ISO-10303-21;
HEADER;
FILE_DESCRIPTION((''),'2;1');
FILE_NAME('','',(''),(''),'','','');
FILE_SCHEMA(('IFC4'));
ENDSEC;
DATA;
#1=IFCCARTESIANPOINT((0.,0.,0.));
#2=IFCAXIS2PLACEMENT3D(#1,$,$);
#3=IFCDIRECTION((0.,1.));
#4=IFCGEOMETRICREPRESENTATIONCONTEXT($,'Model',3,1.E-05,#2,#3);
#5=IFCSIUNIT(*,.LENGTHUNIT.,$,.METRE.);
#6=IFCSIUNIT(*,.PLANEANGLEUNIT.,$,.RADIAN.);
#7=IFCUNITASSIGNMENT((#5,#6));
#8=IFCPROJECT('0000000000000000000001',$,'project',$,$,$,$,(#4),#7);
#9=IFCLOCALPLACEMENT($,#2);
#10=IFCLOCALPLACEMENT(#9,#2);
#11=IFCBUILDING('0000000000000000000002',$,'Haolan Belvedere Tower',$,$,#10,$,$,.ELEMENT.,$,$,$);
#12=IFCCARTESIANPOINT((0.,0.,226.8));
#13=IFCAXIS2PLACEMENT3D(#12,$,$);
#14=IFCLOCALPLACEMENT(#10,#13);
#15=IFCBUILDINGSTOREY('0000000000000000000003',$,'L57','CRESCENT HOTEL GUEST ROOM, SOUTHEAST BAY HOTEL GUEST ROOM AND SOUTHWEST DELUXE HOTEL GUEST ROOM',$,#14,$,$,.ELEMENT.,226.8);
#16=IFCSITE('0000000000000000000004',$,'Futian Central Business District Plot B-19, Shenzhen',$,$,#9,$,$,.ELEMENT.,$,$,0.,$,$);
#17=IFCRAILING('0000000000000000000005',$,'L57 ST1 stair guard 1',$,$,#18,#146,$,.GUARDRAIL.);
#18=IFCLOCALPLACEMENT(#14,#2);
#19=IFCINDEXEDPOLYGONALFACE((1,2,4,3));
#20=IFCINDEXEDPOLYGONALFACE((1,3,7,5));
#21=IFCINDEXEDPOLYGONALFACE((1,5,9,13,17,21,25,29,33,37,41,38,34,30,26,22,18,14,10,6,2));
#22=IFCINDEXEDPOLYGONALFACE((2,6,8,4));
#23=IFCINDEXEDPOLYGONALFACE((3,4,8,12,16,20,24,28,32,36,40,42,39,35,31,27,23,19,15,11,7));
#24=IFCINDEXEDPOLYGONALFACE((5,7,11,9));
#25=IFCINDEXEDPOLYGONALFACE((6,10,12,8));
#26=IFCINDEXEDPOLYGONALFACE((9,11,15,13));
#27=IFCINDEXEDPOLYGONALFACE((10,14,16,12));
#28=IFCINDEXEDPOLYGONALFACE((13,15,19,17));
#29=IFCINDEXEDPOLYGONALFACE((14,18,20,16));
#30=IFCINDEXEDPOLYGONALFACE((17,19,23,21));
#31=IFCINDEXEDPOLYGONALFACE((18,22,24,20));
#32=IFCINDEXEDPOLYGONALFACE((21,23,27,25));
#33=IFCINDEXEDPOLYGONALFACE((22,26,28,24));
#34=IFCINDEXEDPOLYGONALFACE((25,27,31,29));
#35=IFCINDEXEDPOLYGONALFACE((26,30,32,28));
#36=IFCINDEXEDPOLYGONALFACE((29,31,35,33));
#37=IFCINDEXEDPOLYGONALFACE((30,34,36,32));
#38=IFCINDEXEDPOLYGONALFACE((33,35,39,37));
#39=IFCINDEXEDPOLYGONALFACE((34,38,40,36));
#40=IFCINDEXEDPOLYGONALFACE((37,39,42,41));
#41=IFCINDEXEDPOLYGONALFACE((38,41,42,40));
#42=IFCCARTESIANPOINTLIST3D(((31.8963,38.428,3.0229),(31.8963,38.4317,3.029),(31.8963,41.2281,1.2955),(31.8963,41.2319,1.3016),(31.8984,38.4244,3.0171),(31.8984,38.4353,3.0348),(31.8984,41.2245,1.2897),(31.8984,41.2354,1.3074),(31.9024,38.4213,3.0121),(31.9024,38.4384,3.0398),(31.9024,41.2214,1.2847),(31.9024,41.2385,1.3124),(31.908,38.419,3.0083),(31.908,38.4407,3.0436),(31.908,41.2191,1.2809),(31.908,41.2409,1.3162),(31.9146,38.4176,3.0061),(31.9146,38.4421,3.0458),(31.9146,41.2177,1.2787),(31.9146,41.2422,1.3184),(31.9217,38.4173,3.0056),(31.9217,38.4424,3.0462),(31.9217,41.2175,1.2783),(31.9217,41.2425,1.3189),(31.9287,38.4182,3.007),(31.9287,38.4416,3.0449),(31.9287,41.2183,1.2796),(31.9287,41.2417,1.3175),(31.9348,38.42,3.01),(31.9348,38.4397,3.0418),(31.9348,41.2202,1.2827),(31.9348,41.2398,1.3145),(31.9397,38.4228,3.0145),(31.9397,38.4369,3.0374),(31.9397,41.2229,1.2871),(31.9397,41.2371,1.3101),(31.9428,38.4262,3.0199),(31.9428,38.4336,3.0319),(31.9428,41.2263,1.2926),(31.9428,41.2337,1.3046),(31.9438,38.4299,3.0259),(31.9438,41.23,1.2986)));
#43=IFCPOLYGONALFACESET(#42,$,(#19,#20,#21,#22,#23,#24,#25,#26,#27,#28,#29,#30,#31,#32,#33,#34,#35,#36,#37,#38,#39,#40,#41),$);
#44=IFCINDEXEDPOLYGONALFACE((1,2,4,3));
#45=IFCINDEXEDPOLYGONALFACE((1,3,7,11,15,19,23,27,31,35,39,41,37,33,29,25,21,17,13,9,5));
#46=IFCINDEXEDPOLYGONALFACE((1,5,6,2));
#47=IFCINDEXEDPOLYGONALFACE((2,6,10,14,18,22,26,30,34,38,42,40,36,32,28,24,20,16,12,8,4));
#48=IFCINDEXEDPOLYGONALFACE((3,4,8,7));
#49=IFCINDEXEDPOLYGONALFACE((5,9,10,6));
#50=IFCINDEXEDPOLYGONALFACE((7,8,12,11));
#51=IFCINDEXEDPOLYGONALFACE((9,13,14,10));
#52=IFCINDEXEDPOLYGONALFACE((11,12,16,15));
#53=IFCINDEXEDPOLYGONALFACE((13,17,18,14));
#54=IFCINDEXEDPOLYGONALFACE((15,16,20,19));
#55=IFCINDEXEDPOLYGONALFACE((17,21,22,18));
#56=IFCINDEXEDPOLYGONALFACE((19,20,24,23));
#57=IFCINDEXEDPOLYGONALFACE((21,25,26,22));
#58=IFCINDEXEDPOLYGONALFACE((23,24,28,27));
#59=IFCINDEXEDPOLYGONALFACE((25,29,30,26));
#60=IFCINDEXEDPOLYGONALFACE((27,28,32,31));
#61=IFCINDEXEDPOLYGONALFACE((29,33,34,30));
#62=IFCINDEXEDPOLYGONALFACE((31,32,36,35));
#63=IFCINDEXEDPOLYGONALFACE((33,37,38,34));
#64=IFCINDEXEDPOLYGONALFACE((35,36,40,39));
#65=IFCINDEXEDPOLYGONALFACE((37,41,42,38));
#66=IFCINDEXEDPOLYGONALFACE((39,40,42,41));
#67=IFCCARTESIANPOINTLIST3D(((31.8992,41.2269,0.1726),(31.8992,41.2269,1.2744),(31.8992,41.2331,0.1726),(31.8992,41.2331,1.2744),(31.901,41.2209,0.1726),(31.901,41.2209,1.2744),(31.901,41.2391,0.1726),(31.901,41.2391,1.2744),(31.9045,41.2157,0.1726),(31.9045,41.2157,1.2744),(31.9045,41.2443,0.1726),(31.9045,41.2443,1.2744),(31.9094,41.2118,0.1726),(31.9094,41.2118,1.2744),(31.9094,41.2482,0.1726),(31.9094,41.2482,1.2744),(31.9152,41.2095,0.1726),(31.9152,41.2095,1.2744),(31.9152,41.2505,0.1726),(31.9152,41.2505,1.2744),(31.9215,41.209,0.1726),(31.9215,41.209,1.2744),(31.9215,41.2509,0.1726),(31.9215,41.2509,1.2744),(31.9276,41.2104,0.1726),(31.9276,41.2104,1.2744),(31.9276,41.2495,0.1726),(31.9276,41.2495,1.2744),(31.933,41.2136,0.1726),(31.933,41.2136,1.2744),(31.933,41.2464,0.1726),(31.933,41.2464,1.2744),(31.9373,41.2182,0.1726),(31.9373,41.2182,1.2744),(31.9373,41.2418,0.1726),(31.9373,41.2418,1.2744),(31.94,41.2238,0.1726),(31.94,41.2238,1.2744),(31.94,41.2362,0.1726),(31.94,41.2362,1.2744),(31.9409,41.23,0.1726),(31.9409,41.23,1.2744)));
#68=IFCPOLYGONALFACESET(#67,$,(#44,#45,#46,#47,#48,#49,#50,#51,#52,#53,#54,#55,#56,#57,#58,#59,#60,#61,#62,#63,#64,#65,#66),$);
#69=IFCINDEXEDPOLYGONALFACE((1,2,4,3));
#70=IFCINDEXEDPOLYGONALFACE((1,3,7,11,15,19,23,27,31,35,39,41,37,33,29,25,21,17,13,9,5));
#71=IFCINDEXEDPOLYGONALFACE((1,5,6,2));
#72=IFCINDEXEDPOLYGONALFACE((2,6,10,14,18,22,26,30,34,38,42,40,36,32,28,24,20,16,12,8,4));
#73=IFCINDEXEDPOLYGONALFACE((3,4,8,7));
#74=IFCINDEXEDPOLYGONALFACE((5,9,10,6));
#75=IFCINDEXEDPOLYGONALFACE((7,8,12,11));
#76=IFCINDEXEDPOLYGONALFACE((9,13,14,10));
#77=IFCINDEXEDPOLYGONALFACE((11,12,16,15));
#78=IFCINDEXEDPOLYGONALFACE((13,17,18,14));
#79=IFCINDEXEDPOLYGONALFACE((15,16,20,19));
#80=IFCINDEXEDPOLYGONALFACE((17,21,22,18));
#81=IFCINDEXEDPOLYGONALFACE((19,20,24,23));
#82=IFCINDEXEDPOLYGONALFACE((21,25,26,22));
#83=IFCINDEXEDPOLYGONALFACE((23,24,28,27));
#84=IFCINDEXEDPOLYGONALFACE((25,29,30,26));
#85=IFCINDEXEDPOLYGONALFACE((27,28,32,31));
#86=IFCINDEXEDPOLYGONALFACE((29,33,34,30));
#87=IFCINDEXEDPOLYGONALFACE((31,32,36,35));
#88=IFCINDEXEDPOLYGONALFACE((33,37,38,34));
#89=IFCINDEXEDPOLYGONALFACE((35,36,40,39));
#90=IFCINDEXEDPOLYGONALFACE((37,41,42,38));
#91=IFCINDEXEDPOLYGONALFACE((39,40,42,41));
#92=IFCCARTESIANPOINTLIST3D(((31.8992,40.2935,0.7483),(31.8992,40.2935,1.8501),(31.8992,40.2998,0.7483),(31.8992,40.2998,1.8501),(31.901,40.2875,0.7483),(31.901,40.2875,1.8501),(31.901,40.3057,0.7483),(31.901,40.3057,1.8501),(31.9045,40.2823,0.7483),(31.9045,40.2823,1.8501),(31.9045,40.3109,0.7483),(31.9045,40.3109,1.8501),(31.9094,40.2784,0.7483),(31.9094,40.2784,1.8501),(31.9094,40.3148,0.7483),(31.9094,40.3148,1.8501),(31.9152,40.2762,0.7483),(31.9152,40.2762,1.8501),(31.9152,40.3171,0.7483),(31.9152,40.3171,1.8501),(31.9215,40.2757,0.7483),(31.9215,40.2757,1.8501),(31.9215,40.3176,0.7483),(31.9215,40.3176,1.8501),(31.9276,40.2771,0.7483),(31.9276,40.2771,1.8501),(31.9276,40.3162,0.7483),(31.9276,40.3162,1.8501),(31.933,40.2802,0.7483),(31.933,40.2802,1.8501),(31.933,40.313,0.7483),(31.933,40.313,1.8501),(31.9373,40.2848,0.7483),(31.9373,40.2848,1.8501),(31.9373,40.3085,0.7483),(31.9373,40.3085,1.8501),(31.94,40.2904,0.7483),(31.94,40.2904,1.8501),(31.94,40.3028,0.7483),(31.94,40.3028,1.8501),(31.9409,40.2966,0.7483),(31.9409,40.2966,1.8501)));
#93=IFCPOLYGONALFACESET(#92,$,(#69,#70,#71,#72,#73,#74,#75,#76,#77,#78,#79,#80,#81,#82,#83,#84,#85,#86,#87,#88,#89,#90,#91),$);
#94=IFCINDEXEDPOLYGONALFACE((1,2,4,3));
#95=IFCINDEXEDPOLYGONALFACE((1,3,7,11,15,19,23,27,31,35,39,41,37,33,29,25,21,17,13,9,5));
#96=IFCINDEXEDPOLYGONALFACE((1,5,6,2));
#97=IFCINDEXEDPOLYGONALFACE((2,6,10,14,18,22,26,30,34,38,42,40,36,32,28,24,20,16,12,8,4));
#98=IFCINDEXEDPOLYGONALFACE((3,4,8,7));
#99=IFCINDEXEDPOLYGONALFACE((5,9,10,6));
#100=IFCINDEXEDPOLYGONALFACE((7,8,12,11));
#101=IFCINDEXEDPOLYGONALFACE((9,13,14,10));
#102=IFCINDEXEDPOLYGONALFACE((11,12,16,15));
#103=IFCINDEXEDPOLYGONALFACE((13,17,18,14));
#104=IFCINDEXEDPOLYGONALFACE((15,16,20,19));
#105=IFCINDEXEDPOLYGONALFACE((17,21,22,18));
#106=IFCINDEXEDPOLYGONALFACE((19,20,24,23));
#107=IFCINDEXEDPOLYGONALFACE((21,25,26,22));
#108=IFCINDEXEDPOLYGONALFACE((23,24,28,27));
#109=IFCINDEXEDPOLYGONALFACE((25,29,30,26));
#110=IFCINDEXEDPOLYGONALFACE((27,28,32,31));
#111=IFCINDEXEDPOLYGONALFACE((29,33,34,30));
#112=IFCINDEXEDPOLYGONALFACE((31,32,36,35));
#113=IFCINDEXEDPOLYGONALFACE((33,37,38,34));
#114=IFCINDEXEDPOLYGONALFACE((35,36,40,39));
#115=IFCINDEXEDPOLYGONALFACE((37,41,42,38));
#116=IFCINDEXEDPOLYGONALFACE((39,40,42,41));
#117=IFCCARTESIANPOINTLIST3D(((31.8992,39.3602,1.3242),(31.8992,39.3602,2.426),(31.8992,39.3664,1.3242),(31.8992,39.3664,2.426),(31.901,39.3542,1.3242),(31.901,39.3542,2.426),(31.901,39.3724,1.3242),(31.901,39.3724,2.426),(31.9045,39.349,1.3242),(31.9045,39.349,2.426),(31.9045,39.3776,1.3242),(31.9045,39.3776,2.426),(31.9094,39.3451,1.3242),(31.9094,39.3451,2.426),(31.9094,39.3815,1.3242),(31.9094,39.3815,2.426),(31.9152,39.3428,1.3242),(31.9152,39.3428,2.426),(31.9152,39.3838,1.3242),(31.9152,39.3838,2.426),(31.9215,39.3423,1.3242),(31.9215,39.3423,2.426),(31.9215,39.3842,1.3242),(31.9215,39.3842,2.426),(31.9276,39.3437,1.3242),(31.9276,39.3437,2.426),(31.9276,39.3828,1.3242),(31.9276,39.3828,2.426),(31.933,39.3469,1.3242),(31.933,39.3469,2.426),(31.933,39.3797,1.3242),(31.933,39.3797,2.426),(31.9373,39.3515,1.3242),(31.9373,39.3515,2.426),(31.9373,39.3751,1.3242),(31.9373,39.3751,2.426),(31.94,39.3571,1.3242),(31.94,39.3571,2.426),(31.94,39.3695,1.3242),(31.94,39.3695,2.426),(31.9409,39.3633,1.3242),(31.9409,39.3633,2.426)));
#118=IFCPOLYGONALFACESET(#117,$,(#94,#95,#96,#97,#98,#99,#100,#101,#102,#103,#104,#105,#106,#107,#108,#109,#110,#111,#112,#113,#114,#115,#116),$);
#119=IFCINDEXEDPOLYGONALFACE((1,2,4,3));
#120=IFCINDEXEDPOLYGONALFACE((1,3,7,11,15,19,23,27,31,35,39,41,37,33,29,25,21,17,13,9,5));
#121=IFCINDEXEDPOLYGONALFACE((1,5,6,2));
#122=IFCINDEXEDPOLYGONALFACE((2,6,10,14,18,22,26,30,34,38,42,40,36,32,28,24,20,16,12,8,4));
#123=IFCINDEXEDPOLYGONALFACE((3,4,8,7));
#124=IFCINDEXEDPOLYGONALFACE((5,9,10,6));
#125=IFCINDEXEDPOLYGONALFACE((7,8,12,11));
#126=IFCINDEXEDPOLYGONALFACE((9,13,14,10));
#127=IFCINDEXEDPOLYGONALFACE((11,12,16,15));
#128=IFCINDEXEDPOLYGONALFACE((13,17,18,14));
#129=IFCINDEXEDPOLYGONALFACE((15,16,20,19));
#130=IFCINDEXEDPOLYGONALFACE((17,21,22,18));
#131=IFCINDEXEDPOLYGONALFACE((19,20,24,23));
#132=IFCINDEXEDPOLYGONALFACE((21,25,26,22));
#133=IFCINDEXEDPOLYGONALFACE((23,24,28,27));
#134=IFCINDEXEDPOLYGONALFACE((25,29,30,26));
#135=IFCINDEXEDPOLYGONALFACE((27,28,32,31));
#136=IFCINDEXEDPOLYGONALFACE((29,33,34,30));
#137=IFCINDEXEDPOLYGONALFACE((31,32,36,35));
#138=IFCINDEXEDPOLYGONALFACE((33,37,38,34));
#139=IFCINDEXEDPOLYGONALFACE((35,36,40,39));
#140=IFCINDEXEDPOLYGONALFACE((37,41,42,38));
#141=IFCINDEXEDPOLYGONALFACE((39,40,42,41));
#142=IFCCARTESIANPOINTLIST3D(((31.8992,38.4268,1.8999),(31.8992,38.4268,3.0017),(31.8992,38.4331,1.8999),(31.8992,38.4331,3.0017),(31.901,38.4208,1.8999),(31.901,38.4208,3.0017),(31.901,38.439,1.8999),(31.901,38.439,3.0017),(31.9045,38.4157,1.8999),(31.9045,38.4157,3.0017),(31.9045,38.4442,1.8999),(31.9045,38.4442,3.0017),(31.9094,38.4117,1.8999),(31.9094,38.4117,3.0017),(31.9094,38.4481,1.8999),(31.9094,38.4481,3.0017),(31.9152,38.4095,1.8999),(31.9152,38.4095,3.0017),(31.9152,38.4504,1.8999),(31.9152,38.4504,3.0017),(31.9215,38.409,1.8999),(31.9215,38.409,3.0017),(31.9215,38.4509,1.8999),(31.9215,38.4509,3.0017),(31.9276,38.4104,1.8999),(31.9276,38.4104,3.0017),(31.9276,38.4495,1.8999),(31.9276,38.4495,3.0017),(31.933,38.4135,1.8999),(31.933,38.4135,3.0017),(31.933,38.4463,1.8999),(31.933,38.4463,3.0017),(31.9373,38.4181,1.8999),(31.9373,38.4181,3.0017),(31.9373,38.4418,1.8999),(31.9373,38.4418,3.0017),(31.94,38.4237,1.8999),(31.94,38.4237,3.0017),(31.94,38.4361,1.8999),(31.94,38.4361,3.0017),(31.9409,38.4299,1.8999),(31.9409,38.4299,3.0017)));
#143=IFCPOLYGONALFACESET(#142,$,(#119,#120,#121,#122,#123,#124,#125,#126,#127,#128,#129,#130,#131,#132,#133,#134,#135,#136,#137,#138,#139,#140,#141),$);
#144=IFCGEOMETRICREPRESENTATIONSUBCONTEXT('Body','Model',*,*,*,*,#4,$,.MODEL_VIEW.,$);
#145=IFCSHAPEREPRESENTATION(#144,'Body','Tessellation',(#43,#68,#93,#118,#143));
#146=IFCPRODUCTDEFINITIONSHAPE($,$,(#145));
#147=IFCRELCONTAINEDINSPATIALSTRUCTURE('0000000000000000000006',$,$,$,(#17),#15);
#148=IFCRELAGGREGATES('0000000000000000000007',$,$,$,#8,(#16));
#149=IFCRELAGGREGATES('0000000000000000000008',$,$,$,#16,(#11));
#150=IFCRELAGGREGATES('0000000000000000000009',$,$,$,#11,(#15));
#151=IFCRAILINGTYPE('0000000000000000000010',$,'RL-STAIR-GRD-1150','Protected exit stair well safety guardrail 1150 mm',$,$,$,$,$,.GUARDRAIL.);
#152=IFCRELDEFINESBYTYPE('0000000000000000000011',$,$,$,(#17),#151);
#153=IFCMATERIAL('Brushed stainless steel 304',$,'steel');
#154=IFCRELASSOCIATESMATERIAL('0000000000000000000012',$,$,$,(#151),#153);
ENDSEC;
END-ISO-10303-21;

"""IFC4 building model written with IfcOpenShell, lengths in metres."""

from ifc_helpers import new_model, si_unit, direction, frame, origin, origin_2d, place, context, subcontext, project, spatial, circle, extrude, material, type_object, element, save


model = new_model("IFC4")

# Units and contexts
model_context = context("Model", 3, precision=1e-05, world=origin(), true_north=direction((0.0, 1.0)))
body_context = subcontext(model_context, "Body", "Model", "MODEL_VIEW")
ifc_project = project(units=[si_unit("LENGTHUNIT", "METRE"), si_unit("PLANEANGLEUNIT", "RADIAN")], contexts=[model_context])

# Site, building, storey
site_placement = place(None, origin())
site = spatial("IfcSite", under=ifc_project, at=site_placement, Name="Futian Central Business District Plot B-19, Shenzhen", CompositionType="ELEMENT", RefElevation=0.0)
building_placement = place(site_placement, origin())
building = spatial("IfcBuilding", under=site, at=building_placement, Name="Haolan Belvedere Tower", CompositionType="ELEMENT")
storey_placement = place(building_placement, frame((0.0, 0.0, 226.8)))
storey = spatial("IfcBuildingStorey", under=building, at=storey_placement, Name="L57", Description="CRESCENT HOTEL GUEST ROOM, SOUTHEAST BAY HOTEL GUEST ROOM AND SOUTHWEST DELUXE HOTEL GUEST ROOM", CompositionType="ELEMENT", Elevation=226.8)

# Railing
ifc_material_1 = material(Name="Brushed stainless steel 304", Category="steel")
railing_type_1 = type_object("IfcRailingType", Name="RL-STAIR-GRD-1150", Description="Protected exit stair well safety guardrail 1150 mm", PredefinedType="GUARDRAIL", material=ifc_material_1)
railing_1_placement = place(storey_placement, frame((31.9199, 41.23, 0.1726)))
element("IfcRailing", 1, at=railing_1_placement, inside=storey, type_object=railing_type_1, Name="L57 ST1 stair guard 1", PredefinedType="GUARDRAIL", context=body_context, shape_type="SweptSolid", body=[
    extrude(circle(Radius=0.0239, at=origin_2d()), frame((0.0, 0.0, 1.126), z_axis=(0.0, -0.85109, 0.52502), x_axis=(1.0, 0.0, 0.0)), (0.0, 0.0, 1.0), 3.29),
    extrude(circle(Radius=0.021, at=origin_2d()), origin(), (0.0, 0.0, 1.0), 1.1018),
    extrude(circle(Radius=0.021, at=origin_2d()), frame((0.0, -0.9333, 0.5757)), (0.0, 0.0, 1.0), 1.1018),
    extrude(circle(Radius=0.021, at=origin_2d()), frame((0.0, -1.8667, 1.1516)), (0.0, 0.0, 1.0), 1.1018),
    extrude(circle(Radius=0.021, at=origin_2d()), frame((0.0, -2.8, 1.7273)), (0.0, 0.0, 1.0), 1.1018),
])

save(model, "model.ifc")
